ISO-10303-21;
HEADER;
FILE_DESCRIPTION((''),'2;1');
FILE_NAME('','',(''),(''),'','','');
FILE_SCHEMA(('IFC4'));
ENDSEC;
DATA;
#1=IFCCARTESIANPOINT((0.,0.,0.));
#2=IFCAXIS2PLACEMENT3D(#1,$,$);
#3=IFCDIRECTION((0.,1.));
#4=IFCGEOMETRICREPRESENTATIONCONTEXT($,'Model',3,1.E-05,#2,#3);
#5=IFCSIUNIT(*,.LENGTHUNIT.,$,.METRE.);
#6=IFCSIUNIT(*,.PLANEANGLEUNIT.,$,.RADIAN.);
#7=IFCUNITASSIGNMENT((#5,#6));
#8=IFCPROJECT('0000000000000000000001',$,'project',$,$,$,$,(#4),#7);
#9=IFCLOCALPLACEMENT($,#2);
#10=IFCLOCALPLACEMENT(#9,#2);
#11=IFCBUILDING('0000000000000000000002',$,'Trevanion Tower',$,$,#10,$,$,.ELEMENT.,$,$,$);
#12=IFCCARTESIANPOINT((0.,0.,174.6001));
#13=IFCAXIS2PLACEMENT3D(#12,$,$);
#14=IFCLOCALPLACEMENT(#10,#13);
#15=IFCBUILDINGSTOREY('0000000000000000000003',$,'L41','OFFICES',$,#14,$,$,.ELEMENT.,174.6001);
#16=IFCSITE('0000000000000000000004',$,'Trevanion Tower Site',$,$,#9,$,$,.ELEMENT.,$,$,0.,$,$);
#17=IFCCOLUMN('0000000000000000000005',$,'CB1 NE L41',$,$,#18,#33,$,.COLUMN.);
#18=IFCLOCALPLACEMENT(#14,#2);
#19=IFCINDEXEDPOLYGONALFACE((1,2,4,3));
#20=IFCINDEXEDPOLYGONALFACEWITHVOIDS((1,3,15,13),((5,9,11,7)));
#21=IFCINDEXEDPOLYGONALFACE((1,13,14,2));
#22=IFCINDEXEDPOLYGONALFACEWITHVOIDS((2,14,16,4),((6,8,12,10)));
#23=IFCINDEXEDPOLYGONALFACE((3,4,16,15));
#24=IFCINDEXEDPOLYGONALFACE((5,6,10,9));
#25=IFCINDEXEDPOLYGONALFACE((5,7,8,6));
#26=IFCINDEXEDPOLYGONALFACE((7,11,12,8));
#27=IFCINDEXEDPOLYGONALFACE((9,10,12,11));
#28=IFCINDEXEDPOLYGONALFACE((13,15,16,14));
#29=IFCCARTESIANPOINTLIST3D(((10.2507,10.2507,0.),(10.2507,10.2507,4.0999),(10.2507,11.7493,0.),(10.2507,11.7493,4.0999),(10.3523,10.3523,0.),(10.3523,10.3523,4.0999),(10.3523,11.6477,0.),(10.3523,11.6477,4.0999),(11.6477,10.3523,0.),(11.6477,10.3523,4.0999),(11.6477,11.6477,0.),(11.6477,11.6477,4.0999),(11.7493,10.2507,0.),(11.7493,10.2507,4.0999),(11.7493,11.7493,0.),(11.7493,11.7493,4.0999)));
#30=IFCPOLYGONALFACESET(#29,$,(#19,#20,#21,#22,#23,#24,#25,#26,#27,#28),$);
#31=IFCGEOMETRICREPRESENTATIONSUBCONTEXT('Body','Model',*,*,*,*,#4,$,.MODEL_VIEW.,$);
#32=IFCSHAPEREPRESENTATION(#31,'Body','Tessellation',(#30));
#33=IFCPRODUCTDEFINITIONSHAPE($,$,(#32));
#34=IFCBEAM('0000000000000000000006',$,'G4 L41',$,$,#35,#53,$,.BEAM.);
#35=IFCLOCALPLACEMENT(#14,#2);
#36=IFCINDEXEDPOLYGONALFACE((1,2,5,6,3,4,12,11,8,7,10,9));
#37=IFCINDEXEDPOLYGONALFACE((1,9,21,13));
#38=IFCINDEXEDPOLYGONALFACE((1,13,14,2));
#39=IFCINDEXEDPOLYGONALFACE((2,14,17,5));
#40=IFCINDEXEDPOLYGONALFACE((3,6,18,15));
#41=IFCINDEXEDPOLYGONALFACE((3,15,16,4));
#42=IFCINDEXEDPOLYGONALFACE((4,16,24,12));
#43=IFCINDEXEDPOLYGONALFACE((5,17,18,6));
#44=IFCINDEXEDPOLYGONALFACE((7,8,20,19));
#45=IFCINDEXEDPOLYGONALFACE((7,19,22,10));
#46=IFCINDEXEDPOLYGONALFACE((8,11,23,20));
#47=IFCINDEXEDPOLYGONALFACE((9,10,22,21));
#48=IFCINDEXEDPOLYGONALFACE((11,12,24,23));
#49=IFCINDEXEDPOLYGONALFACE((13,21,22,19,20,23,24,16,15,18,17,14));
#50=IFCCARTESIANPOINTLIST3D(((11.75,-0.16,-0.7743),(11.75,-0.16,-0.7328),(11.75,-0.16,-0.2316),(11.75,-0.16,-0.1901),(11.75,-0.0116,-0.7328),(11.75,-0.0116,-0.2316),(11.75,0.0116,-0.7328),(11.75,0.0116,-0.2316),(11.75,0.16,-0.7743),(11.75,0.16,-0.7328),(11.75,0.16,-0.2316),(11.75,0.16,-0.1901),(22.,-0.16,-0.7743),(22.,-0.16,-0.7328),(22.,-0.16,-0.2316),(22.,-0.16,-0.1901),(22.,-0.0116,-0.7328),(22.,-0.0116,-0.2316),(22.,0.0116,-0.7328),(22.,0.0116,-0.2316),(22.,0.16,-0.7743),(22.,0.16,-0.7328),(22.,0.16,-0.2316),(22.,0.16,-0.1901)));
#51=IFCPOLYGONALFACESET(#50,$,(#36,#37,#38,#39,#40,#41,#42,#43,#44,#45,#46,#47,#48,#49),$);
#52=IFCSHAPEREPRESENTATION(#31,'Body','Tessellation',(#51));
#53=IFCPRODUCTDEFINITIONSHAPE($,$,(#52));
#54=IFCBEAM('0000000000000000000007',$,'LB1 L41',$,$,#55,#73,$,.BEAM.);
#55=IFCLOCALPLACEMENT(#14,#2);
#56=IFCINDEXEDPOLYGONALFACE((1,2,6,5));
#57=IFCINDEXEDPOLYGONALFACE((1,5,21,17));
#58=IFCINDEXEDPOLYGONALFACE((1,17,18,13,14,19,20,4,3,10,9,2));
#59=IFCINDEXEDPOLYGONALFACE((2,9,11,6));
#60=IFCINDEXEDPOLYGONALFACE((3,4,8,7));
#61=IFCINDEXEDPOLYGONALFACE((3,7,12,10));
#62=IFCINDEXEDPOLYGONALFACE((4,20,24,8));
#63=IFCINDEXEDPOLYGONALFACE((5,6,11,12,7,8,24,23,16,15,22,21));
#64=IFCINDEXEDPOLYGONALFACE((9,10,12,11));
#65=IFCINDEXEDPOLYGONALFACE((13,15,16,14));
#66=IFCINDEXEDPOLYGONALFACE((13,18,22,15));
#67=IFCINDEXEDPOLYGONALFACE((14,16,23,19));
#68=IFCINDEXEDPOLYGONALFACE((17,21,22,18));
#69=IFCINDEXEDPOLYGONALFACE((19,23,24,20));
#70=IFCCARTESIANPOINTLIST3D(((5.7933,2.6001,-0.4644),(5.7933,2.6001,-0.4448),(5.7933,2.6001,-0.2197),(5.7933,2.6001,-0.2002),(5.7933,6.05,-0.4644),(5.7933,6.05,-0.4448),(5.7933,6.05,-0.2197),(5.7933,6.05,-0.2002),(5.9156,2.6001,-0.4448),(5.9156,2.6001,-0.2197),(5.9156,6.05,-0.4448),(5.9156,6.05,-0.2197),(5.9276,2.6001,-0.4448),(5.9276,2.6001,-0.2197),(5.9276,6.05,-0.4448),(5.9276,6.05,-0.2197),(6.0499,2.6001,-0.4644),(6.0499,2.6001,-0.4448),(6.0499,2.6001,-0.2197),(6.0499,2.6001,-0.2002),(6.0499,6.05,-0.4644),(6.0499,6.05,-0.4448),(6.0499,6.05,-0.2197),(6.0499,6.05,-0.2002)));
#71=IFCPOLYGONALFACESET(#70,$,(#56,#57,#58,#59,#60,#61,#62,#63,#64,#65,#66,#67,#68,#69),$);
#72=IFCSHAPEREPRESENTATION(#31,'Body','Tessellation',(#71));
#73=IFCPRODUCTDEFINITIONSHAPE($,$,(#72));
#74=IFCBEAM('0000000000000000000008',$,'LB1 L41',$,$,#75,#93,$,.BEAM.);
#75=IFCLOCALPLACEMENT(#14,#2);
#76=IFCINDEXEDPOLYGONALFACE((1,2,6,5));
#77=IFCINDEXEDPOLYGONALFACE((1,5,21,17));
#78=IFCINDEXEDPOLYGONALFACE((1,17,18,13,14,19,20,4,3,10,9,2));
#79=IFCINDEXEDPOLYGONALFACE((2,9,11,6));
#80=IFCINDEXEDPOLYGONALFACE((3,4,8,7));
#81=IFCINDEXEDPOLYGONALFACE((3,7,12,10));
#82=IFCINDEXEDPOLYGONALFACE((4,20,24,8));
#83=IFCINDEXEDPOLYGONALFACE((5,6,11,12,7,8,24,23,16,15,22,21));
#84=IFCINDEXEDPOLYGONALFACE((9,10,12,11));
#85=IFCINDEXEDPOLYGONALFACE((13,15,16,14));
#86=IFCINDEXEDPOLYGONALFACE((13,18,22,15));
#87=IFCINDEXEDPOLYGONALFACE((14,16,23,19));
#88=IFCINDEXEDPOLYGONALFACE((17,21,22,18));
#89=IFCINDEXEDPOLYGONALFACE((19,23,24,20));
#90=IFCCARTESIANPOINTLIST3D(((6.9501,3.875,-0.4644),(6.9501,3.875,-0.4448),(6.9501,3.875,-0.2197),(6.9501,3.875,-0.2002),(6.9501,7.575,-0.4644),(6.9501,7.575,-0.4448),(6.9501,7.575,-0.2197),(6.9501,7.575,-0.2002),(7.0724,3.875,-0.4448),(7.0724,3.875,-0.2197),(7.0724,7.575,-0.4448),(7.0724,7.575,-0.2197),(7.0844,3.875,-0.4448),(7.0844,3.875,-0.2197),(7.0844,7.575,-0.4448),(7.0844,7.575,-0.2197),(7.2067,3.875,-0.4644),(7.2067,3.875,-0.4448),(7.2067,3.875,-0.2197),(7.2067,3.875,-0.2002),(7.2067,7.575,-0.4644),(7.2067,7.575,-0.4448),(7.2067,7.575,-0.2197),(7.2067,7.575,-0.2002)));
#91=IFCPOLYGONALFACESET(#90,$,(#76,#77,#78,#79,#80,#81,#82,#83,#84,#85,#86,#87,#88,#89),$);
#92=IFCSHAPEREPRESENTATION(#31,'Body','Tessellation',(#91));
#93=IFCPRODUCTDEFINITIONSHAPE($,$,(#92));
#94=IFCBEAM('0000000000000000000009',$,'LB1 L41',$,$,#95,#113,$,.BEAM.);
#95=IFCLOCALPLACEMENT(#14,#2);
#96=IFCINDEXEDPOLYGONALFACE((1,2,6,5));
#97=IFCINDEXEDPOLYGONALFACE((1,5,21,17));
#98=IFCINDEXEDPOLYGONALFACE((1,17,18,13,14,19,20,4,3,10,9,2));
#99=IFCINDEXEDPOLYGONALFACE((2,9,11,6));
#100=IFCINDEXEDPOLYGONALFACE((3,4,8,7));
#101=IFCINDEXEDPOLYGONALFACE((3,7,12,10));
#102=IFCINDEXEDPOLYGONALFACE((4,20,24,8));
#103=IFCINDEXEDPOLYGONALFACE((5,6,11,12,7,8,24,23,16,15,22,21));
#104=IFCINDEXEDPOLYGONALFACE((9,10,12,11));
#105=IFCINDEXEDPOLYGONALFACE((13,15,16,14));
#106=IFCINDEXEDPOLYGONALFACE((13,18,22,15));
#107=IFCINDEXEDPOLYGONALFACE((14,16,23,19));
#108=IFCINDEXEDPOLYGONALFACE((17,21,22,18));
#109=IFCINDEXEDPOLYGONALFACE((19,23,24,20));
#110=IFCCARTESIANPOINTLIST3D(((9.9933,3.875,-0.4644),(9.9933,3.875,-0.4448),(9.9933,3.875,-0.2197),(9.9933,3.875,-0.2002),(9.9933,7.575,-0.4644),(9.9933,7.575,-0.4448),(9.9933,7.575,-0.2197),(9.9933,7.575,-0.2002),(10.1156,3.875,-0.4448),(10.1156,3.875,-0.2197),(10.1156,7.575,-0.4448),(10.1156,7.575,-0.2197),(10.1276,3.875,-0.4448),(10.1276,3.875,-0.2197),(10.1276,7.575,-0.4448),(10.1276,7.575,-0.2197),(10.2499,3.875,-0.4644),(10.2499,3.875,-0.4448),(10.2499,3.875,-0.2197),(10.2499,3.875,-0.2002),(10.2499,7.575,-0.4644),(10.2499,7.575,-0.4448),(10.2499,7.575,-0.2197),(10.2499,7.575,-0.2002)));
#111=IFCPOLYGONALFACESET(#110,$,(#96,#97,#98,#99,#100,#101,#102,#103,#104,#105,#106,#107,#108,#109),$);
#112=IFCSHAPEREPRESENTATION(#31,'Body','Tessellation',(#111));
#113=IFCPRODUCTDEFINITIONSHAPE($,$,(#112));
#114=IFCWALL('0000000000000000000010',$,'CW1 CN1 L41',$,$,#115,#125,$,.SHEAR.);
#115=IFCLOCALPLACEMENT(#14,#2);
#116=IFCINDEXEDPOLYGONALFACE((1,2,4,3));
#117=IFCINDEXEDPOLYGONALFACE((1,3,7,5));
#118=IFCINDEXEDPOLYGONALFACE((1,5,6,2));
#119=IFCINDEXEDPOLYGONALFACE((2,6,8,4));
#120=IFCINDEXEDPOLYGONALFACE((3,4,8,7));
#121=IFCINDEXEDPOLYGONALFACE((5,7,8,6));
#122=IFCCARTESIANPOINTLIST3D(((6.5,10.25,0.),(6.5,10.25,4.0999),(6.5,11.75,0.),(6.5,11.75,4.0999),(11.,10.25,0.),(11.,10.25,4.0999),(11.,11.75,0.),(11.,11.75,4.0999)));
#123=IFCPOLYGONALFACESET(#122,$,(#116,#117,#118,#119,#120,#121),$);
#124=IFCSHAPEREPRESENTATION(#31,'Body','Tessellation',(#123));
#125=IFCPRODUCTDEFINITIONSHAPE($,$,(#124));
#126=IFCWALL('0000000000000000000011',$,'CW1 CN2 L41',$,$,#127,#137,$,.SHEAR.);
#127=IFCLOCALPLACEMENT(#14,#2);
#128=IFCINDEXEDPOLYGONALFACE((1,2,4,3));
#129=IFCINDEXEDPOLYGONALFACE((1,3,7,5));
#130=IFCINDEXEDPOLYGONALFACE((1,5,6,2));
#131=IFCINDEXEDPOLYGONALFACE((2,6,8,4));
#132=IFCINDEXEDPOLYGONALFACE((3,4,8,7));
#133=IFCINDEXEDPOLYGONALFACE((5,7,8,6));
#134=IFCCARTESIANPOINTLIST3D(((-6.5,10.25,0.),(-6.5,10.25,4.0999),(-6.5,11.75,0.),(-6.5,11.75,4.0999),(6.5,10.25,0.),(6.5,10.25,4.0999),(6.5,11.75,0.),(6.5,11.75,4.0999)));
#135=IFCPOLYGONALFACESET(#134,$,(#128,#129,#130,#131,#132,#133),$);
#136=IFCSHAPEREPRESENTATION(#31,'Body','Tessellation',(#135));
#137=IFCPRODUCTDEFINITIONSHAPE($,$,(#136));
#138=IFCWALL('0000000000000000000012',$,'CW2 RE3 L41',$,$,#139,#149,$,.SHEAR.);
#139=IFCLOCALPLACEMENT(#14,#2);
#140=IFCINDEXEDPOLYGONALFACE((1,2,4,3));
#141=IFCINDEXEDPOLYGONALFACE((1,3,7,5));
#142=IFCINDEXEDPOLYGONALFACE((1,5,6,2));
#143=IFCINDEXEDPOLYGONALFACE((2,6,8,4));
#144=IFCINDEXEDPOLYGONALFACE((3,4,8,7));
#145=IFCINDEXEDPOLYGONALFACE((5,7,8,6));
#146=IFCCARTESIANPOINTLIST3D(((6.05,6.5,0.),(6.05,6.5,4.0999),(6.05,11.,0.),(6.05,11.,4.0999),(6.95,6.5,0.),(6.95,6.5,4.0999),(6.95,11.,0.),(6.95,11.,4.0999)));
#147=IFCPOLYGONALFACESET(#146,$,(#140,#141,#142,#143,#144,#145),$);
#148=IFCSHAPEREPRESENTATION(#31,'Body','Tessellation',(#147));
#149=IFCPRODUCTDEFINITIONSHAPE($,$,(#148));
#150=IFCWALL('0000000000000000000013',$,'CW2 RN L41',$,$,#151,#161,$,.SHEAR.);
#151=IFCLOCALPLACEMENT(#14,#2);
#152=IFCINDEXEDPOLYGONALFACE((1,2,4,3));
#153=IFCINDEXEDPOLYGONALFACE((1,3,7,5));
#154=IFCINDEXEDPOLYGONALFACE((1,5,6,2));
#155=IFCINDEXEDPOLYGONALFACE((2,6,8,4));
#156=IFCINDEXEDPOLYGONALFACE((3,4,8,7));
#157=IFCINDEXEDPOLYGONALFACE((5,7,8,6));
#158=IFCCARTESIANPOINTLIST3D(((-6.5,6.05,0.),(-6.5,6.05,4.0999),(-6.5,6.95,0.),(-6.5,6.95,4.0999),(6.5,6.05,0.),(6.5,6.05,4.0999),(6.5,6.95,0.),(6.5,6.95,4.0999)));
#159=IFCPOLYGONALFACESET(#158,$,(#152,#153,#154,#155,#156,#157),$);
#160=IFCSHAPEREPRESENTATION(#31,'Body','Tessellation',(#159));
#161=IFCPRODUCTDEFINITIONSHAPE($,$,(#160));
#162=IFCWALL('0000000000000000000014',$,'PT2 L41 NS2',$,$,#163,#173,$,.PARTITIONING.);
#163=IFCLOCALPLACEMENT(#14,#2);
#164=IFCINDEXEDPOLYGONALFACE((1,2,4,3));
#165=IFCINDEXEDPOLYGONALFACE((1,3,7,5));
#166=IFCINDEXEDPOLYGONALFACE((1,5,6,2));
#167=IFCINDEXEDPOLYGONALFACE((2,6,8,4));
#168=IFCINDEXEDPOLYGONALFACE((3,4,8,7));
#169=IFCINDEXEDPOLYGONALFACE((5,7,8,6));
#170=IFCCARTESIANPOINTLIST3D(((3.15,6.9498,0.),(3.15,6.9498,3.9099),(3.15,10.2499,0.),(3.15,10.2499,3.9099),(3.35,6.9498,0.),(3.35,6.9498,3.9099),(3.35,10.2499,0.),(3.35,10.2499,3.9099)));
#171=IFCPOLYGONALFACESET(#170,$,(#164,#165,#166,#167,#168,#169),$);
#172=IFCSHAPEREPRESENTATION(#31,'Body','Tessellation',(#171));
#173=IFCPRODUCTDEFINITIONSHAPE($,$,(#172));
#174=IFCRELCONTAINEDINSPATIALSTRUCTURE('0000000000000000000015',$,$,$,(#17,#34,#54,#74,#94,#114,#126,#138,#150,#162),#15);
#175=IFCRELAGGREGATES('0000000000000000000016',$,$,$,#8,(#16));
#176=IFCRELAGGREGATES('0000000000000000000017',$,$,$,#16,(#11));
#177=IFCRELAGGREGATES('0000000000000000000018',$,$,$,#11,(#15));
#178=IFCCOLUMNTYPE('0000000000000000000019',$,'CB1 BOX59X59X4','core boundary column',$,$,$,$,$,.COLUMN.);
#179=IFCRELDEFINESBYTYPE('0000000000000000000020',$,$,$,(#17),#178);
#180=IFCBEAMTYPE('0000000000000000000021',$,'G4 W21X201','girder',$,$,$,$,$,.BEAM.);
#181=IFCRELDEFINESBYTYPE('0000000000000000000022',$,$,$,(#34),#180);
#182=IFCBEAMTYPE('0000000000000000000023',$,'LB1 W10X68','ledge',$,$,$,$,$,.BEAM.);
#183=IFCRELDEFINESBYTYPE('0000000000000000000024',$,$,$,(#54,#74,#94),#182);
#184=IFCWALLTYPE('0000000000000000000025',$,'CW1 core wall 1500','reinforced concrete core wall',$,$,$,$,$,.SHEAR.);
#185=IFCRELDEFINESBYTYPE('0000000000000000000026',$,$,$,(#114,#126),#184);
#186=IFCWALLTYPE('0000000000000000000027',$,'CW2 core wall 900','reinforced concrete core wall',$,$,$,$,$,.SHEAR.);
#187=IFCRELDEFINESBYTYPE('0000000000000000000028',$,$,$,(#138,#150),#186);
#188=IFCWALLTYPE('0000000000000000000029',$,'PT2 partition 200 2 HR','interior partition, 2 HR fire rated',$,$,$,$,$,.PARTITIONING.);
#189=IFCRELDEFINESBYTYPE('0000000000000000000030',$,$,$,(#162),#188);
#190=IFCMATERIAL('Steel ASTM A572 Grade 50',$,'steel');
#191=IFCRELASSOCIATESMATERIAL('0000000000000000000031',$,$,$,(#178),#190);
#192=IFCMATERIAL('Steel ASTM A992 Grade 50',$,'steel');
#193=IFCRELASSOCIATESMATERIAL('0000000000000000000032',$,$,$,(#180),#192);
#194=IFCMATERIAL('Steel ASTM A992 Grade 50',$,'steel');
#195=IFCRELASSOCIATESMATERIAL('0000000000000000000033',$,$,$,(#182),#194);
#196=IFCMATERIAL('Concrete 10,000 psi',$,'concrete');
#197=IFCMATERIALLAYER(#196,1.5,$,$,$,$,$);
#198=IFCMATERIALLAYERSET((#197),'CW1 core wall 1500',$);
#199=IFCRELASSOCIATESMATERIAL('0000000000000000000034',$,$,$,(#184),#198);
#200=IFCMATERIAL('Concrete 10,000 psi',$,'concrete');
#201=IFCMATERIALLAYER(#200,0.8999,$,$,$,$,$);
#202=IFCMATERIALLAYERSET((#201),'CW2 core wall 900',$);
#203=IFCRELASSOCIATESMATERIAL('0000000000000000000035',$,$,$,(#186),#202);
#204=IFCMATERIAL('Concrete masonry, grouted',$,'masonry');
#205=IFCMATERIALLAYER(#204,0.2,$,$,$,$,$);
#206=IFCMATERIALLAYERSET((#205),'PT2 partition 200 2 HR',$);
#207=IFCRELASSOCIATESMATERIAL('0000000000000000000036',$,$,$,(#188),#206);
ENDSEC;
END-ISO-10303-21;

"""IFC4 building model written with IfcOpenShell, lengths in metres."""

from ifc_helpers import new_model, si_unit, direction, frame, frame_2d, origin, origin_2d, place, context, subcontext, project, spatial, rectangle, hollow_rectangle, i_section, extrude, material, layer, layer_set, material_profile, profile_set, type_object, element, save


model = new_model("IFC4")

# Units and contexts
model_context = context("Model", 3, precision=1e-05, world=origin(), true_north=direction((0.0, 1.0)))
body_context = subcontext(model_context, "Body", "Model", "MODEL_VIEW")
ifc_project = project(units=[si_unit("LENGTHUNIT", "METRE"), si_unit("PLANEANGLEUNIT", "RADIAN")], contexts=[model_context])

# Site, building, storey
site_placement = place(None, origin())
site = spatial("IfcSite", under=ifc_project, at=site_placement, Name="Trevanion Tower Site", CompositionType="ELEMENT", RefElevation=0.0)
building_placement = place(site_placement, origin())
building = spatial("IfcBuilding", under=site, at=building_placement, Name="Trevanion Tower", CompositionType="ELEMENT")
storey_placement = place(building_placement, frame((0.0, 0.0, 174.6001)))
storey = spatial("IfcBuildingStorey", under=building, at=storey_placement, Name="L41", Description="OFFICES", CompositionType="ELEMENT", Elevation=174.6001)

# Column
ifc_material_1 = material(Name="Steel ASTM A572 Grade 50", Category="steel")
ifc_material_profile_1 = material_profile(ifc_material_1, hollow_rectangle(XDim=1.4985, YDim=1.4985, WallThickness=0.1016, at=origin_2d()), Name="BOX59X59X4")
ifc_profile_set_1 = profile_set([ifc_material_profile_1], Name="Steel ASTM A572 Grade 50")
column_type = type_object("IfcColumnType", Name="CB1 BOX59X59X4", Description="core boundary column", PredefinedType="COLUMN", material=ifc_profile_set_1)
column_placement = place(storey_placement, frame((11.0, 11.0, 0.0), z_axis=(0.0, 0.0, 1.0), x_axis=(1.0, 0.0, 0.0)))
element("IfcColumn", 1, at=column_placement, inside=storey, type_object=column_type, Name="CB1 NE L41", PredefinedType="COLUMN", context=body_context, shape_type="SweptSolid", body=[
    extrude(hollow_rectangle(XDim=1.4985, YDim=1.4985, WallThickness=0.1016, at=origin_2d()), origin(), (0.0, 0.0, 1.0), 4.0999),
])

# Beams
ifc_material_2 = material(Name="Steel ASTM A992 Grade 50", Category="steel")
ifc_material_profile_2 = material_profile(ifc_material_2, i_section(OverallWidth=0.3201, OverallDepth=0.5842, WebThickness=0.0232, FlangeThickness=0.0415, at=origin_2d()), Name="W21X201")
ifc_profile_set_2 = profile_set([ifc_material_profile_2], Name="Steel ASTM A992 Grade 50")
beam_type_1 = type_object("IfcBeamType", Name="G4 W21X201", Description="girder", PredefinedType="BEAM", material=ifc_profile_set_2)
beam_1_placement = place(storey_placement, frame((11.75, 0.0, -0.4822), z_axis=(1.0, 0.0, 0.0), x_axis=(0.0, 1.0, 0.0)))
element("IfcBeam", 2, at=beam_1_placement, inside=storey, type_object=beam_type_1, Name="G4 L41", PredefinedType="BEAM", context=body_context, shape_type="SweptSolid", body=[
    extrude(i_section(OverallWidth=0.3201, OverallDepth=0.5842, WebThickness=0.0232, FlangeThickness=0.0415, at=origin_2d()), origin(), (0.0, 0.0, 1.0), 10.25),
])
ifc_material_3 = material(Name="Steel ASTM A992 Grade 50", Category="steel")
ifc_material_profile_3 = material_profile(ifc_material_3, i_section(OverallWidth=0.2566, OverallDepth=0.2642, WebThickness=0.012, FlangeThickness=0.0195, at=origin_2d()), Name="W10X68")
ifc_profile_set_3 = profile_set([ifc_material_profile_3], Name="Steel ASTM A992 Grade 50")
beam_type_2 = type_object("IfcBeamType", Name="LB1 W10X68", Description="ledge", PredefinedType="BEAM", material=ifc_profile_set_3)
beam_2_placement = place(storey_placement, frame((5.9216, 2.6001, -0.3323), z_axis=(0.0, 1.0, 0.0), x_axis=(-1.0, 0.0, 0.0)))
element("IfcBeam", 3, at=beam_2_placement, inside=storey, type_object=beam_type_2, Name="LB1 L41", PredefinedType="BEAM", context=body_context, shape_type="SweptSolid", body=[
    extrude(i_section(OverallWidth=0.2566, OverallDepth=0.2642, WebThickness=0.012, FlangeThickness=0.0195, at=origin_2d()), origin(), (0.0, 0.0, 1.0), 3.45),
])
for number, where, z_axis, x_axis, name in (
    (4, (7.0784, 3.875, -0.3323), (0.0, 1.0, 0.0), (-1.0, 0.0, 0.0), "LB1 L41"),
    (5, (10.1216, 3.875, -0.3323), (0.0, 1.0, 0.0), (-1.0, 0.0, 0.0), "LB1 L41"),
):
    element("IfcBeam", number, at=place(storey_placement, frame(where, z_axis=z_axis, x_axis=x_axis)), inside=storey, type_object=beam_type_2, Name=name, PredefinedType="BEAM", context=body_context, shape_type="SweptSolid", body=[
        extrude(i_section(OverallWidth=0.2566, OverallDepth=0.2642, WebThickness=0.012, FlangeThickness=0.0195, at=origin_2d()), origin(), (0.0, 0.0, 1.0), 3.7),
    ])

# Walls
ifc_material_4 = material(Name="Concrete 10,000 psi", Category="concrete")
ifc_layer_1 = layer(ifc_material_4, 1.5)
ifc_layer_set_1 = layer_set([ifc_layer_1], Name="CW1 core wall 1500")
wall_type_1 = type_object("IfcWallType", Name="CW1 core wall 1500", Description="reinforced concrete core wall", PredefinedType="SHEAR", material=ifc_layer_set_1)
wall_1_placement = place(storey_placement, frame((11.0, 11.0, 0.0), z_axis=(0.0, 0.0, 1.0), x_axis=(-1.0, 0.0, 0.0)))
element("IfcWall", 6, at=wall_1_placement, inside=storey, type_object=wall_type_1, Name="CW1 CN1 L41", PredefinedType="SHEAR", context=body_context, shape_type="SweptSolid", body=[
    extrude(rectangle(XDim=4.5, YDim=1.5, at=frame_2d((2.25, 0.0))), origin(), (0.0, 0.0, 1.0), 4.0999),
])
wall_2_placement = place(storey_placement, frame((6.5, 11.0, 0.0), z_axis=(0.0, 0.0, 1.0), x_axis=(-1.0, 0.0, 0.0)))
element("IfcWall", 7, at=wall_2_placement, inside=storey, type_object=wall_type_1, Name="CW1 CN2 L41", PredefinedType="SHEAR", context=body_context, shape_type="SweptSolid", body=[
    extrude(rectangle(XDim=13.0, YDim=1.5, at=frame_2d((6.5, 0.0))), origin(), (0.0, 0.0, 1.0), 4.0999),
])
ifc_material_5 = material(Name="Concrete 10,000 psi", Category="concrete")
ifc_layer_2 = layer(ifc_material_5, 0.8999)
ifc_layer_set_2 = layer_set([ifc_layer_2], Name="CW2 core wall 900")
wall_type_2 = type_object("IfcWallType", Name="CW2 core wall 900", Description="reinforced concrete core wall", PredefinedType="SHEAR", material=ifc_layer_set_2)
wall_3_placement = place(storey_placement, frame((6.5, 6.5, 0.0), z_axis=(0.0, 0.0, 1.0), x_axis=(0.0, 1.0, 0.0)))
element("IfcWall", 8, at=wall_3_placement, inside=storey, type_object=wall_type_2, Name="CW2 RE3 L41", PredefinedType="SHEAR", context=body_context, shape_type="SweptSolid", body=[
    extrude(rectangle(XDim=4.5, YDim=0.8999, at=frame_2d((2.25, 0.0))), origin(), (0.0, 0.0, 1.0), 4.0999),
])
wall_4_placement = place(storey_placement, frame((6.5, 6.5, 0.0), z_axis=(0.0, 0.0, 1.0), x_axis=(-1.0, 0.0, 0.0)))
element("IfcWall", 9, at=wall_4_placement, inside=storey, type_object=wall_type_2, Name="CW2 RN L41", PredefinedType="SHEAR", context=body_context, shape_type="SweptSolid", body=[
    extrude(rectangle(XDim=13.0, YDim=0.8999, at=frame_2d((6.5, 0.0))), origin(), (0.0, 0.0, 1.0), 4.0999),
])
ifc_material_6 = material(Name="Concrete masonry, grouted", Category="masonry")
ifc_layer_3 = layer(ifc_material_6, 0.2)
ifc_layer_set_3 = layer_set([ifc_layer_3], Name="PT2 partition 200 2 HR")
wall_type_3 = type_object("IfcWallType", Name="PT2 partition 200 2 HR", Description="interior partition, 2 HR fire rated", PredefinedType="PARTITIONING", material=ifc_layer_set_3)
wall_5_placement = place(storey_placement, frame((3.25, 6.95, 0.0), z_axis=(0.0, 0.0, 1.0), x_axis=(0.0, 1.0, 0.0)))
element("IfcWall", 10, at=wall_5_placement, inside=storey, type_object=wall_type_3, Name="PT2 L41 NS2", PredefinedType="PARTITIONING", context=body_context, shape_type="SweptSolid", body=[
    extrude(rectangle(XDim=3.3, YDim=0.2, at=frame_2d((1.6499, 0.0))), origin(), (0.0, 0.0, 1.0), 3.9099),
])

save(model, "model.ifc")
